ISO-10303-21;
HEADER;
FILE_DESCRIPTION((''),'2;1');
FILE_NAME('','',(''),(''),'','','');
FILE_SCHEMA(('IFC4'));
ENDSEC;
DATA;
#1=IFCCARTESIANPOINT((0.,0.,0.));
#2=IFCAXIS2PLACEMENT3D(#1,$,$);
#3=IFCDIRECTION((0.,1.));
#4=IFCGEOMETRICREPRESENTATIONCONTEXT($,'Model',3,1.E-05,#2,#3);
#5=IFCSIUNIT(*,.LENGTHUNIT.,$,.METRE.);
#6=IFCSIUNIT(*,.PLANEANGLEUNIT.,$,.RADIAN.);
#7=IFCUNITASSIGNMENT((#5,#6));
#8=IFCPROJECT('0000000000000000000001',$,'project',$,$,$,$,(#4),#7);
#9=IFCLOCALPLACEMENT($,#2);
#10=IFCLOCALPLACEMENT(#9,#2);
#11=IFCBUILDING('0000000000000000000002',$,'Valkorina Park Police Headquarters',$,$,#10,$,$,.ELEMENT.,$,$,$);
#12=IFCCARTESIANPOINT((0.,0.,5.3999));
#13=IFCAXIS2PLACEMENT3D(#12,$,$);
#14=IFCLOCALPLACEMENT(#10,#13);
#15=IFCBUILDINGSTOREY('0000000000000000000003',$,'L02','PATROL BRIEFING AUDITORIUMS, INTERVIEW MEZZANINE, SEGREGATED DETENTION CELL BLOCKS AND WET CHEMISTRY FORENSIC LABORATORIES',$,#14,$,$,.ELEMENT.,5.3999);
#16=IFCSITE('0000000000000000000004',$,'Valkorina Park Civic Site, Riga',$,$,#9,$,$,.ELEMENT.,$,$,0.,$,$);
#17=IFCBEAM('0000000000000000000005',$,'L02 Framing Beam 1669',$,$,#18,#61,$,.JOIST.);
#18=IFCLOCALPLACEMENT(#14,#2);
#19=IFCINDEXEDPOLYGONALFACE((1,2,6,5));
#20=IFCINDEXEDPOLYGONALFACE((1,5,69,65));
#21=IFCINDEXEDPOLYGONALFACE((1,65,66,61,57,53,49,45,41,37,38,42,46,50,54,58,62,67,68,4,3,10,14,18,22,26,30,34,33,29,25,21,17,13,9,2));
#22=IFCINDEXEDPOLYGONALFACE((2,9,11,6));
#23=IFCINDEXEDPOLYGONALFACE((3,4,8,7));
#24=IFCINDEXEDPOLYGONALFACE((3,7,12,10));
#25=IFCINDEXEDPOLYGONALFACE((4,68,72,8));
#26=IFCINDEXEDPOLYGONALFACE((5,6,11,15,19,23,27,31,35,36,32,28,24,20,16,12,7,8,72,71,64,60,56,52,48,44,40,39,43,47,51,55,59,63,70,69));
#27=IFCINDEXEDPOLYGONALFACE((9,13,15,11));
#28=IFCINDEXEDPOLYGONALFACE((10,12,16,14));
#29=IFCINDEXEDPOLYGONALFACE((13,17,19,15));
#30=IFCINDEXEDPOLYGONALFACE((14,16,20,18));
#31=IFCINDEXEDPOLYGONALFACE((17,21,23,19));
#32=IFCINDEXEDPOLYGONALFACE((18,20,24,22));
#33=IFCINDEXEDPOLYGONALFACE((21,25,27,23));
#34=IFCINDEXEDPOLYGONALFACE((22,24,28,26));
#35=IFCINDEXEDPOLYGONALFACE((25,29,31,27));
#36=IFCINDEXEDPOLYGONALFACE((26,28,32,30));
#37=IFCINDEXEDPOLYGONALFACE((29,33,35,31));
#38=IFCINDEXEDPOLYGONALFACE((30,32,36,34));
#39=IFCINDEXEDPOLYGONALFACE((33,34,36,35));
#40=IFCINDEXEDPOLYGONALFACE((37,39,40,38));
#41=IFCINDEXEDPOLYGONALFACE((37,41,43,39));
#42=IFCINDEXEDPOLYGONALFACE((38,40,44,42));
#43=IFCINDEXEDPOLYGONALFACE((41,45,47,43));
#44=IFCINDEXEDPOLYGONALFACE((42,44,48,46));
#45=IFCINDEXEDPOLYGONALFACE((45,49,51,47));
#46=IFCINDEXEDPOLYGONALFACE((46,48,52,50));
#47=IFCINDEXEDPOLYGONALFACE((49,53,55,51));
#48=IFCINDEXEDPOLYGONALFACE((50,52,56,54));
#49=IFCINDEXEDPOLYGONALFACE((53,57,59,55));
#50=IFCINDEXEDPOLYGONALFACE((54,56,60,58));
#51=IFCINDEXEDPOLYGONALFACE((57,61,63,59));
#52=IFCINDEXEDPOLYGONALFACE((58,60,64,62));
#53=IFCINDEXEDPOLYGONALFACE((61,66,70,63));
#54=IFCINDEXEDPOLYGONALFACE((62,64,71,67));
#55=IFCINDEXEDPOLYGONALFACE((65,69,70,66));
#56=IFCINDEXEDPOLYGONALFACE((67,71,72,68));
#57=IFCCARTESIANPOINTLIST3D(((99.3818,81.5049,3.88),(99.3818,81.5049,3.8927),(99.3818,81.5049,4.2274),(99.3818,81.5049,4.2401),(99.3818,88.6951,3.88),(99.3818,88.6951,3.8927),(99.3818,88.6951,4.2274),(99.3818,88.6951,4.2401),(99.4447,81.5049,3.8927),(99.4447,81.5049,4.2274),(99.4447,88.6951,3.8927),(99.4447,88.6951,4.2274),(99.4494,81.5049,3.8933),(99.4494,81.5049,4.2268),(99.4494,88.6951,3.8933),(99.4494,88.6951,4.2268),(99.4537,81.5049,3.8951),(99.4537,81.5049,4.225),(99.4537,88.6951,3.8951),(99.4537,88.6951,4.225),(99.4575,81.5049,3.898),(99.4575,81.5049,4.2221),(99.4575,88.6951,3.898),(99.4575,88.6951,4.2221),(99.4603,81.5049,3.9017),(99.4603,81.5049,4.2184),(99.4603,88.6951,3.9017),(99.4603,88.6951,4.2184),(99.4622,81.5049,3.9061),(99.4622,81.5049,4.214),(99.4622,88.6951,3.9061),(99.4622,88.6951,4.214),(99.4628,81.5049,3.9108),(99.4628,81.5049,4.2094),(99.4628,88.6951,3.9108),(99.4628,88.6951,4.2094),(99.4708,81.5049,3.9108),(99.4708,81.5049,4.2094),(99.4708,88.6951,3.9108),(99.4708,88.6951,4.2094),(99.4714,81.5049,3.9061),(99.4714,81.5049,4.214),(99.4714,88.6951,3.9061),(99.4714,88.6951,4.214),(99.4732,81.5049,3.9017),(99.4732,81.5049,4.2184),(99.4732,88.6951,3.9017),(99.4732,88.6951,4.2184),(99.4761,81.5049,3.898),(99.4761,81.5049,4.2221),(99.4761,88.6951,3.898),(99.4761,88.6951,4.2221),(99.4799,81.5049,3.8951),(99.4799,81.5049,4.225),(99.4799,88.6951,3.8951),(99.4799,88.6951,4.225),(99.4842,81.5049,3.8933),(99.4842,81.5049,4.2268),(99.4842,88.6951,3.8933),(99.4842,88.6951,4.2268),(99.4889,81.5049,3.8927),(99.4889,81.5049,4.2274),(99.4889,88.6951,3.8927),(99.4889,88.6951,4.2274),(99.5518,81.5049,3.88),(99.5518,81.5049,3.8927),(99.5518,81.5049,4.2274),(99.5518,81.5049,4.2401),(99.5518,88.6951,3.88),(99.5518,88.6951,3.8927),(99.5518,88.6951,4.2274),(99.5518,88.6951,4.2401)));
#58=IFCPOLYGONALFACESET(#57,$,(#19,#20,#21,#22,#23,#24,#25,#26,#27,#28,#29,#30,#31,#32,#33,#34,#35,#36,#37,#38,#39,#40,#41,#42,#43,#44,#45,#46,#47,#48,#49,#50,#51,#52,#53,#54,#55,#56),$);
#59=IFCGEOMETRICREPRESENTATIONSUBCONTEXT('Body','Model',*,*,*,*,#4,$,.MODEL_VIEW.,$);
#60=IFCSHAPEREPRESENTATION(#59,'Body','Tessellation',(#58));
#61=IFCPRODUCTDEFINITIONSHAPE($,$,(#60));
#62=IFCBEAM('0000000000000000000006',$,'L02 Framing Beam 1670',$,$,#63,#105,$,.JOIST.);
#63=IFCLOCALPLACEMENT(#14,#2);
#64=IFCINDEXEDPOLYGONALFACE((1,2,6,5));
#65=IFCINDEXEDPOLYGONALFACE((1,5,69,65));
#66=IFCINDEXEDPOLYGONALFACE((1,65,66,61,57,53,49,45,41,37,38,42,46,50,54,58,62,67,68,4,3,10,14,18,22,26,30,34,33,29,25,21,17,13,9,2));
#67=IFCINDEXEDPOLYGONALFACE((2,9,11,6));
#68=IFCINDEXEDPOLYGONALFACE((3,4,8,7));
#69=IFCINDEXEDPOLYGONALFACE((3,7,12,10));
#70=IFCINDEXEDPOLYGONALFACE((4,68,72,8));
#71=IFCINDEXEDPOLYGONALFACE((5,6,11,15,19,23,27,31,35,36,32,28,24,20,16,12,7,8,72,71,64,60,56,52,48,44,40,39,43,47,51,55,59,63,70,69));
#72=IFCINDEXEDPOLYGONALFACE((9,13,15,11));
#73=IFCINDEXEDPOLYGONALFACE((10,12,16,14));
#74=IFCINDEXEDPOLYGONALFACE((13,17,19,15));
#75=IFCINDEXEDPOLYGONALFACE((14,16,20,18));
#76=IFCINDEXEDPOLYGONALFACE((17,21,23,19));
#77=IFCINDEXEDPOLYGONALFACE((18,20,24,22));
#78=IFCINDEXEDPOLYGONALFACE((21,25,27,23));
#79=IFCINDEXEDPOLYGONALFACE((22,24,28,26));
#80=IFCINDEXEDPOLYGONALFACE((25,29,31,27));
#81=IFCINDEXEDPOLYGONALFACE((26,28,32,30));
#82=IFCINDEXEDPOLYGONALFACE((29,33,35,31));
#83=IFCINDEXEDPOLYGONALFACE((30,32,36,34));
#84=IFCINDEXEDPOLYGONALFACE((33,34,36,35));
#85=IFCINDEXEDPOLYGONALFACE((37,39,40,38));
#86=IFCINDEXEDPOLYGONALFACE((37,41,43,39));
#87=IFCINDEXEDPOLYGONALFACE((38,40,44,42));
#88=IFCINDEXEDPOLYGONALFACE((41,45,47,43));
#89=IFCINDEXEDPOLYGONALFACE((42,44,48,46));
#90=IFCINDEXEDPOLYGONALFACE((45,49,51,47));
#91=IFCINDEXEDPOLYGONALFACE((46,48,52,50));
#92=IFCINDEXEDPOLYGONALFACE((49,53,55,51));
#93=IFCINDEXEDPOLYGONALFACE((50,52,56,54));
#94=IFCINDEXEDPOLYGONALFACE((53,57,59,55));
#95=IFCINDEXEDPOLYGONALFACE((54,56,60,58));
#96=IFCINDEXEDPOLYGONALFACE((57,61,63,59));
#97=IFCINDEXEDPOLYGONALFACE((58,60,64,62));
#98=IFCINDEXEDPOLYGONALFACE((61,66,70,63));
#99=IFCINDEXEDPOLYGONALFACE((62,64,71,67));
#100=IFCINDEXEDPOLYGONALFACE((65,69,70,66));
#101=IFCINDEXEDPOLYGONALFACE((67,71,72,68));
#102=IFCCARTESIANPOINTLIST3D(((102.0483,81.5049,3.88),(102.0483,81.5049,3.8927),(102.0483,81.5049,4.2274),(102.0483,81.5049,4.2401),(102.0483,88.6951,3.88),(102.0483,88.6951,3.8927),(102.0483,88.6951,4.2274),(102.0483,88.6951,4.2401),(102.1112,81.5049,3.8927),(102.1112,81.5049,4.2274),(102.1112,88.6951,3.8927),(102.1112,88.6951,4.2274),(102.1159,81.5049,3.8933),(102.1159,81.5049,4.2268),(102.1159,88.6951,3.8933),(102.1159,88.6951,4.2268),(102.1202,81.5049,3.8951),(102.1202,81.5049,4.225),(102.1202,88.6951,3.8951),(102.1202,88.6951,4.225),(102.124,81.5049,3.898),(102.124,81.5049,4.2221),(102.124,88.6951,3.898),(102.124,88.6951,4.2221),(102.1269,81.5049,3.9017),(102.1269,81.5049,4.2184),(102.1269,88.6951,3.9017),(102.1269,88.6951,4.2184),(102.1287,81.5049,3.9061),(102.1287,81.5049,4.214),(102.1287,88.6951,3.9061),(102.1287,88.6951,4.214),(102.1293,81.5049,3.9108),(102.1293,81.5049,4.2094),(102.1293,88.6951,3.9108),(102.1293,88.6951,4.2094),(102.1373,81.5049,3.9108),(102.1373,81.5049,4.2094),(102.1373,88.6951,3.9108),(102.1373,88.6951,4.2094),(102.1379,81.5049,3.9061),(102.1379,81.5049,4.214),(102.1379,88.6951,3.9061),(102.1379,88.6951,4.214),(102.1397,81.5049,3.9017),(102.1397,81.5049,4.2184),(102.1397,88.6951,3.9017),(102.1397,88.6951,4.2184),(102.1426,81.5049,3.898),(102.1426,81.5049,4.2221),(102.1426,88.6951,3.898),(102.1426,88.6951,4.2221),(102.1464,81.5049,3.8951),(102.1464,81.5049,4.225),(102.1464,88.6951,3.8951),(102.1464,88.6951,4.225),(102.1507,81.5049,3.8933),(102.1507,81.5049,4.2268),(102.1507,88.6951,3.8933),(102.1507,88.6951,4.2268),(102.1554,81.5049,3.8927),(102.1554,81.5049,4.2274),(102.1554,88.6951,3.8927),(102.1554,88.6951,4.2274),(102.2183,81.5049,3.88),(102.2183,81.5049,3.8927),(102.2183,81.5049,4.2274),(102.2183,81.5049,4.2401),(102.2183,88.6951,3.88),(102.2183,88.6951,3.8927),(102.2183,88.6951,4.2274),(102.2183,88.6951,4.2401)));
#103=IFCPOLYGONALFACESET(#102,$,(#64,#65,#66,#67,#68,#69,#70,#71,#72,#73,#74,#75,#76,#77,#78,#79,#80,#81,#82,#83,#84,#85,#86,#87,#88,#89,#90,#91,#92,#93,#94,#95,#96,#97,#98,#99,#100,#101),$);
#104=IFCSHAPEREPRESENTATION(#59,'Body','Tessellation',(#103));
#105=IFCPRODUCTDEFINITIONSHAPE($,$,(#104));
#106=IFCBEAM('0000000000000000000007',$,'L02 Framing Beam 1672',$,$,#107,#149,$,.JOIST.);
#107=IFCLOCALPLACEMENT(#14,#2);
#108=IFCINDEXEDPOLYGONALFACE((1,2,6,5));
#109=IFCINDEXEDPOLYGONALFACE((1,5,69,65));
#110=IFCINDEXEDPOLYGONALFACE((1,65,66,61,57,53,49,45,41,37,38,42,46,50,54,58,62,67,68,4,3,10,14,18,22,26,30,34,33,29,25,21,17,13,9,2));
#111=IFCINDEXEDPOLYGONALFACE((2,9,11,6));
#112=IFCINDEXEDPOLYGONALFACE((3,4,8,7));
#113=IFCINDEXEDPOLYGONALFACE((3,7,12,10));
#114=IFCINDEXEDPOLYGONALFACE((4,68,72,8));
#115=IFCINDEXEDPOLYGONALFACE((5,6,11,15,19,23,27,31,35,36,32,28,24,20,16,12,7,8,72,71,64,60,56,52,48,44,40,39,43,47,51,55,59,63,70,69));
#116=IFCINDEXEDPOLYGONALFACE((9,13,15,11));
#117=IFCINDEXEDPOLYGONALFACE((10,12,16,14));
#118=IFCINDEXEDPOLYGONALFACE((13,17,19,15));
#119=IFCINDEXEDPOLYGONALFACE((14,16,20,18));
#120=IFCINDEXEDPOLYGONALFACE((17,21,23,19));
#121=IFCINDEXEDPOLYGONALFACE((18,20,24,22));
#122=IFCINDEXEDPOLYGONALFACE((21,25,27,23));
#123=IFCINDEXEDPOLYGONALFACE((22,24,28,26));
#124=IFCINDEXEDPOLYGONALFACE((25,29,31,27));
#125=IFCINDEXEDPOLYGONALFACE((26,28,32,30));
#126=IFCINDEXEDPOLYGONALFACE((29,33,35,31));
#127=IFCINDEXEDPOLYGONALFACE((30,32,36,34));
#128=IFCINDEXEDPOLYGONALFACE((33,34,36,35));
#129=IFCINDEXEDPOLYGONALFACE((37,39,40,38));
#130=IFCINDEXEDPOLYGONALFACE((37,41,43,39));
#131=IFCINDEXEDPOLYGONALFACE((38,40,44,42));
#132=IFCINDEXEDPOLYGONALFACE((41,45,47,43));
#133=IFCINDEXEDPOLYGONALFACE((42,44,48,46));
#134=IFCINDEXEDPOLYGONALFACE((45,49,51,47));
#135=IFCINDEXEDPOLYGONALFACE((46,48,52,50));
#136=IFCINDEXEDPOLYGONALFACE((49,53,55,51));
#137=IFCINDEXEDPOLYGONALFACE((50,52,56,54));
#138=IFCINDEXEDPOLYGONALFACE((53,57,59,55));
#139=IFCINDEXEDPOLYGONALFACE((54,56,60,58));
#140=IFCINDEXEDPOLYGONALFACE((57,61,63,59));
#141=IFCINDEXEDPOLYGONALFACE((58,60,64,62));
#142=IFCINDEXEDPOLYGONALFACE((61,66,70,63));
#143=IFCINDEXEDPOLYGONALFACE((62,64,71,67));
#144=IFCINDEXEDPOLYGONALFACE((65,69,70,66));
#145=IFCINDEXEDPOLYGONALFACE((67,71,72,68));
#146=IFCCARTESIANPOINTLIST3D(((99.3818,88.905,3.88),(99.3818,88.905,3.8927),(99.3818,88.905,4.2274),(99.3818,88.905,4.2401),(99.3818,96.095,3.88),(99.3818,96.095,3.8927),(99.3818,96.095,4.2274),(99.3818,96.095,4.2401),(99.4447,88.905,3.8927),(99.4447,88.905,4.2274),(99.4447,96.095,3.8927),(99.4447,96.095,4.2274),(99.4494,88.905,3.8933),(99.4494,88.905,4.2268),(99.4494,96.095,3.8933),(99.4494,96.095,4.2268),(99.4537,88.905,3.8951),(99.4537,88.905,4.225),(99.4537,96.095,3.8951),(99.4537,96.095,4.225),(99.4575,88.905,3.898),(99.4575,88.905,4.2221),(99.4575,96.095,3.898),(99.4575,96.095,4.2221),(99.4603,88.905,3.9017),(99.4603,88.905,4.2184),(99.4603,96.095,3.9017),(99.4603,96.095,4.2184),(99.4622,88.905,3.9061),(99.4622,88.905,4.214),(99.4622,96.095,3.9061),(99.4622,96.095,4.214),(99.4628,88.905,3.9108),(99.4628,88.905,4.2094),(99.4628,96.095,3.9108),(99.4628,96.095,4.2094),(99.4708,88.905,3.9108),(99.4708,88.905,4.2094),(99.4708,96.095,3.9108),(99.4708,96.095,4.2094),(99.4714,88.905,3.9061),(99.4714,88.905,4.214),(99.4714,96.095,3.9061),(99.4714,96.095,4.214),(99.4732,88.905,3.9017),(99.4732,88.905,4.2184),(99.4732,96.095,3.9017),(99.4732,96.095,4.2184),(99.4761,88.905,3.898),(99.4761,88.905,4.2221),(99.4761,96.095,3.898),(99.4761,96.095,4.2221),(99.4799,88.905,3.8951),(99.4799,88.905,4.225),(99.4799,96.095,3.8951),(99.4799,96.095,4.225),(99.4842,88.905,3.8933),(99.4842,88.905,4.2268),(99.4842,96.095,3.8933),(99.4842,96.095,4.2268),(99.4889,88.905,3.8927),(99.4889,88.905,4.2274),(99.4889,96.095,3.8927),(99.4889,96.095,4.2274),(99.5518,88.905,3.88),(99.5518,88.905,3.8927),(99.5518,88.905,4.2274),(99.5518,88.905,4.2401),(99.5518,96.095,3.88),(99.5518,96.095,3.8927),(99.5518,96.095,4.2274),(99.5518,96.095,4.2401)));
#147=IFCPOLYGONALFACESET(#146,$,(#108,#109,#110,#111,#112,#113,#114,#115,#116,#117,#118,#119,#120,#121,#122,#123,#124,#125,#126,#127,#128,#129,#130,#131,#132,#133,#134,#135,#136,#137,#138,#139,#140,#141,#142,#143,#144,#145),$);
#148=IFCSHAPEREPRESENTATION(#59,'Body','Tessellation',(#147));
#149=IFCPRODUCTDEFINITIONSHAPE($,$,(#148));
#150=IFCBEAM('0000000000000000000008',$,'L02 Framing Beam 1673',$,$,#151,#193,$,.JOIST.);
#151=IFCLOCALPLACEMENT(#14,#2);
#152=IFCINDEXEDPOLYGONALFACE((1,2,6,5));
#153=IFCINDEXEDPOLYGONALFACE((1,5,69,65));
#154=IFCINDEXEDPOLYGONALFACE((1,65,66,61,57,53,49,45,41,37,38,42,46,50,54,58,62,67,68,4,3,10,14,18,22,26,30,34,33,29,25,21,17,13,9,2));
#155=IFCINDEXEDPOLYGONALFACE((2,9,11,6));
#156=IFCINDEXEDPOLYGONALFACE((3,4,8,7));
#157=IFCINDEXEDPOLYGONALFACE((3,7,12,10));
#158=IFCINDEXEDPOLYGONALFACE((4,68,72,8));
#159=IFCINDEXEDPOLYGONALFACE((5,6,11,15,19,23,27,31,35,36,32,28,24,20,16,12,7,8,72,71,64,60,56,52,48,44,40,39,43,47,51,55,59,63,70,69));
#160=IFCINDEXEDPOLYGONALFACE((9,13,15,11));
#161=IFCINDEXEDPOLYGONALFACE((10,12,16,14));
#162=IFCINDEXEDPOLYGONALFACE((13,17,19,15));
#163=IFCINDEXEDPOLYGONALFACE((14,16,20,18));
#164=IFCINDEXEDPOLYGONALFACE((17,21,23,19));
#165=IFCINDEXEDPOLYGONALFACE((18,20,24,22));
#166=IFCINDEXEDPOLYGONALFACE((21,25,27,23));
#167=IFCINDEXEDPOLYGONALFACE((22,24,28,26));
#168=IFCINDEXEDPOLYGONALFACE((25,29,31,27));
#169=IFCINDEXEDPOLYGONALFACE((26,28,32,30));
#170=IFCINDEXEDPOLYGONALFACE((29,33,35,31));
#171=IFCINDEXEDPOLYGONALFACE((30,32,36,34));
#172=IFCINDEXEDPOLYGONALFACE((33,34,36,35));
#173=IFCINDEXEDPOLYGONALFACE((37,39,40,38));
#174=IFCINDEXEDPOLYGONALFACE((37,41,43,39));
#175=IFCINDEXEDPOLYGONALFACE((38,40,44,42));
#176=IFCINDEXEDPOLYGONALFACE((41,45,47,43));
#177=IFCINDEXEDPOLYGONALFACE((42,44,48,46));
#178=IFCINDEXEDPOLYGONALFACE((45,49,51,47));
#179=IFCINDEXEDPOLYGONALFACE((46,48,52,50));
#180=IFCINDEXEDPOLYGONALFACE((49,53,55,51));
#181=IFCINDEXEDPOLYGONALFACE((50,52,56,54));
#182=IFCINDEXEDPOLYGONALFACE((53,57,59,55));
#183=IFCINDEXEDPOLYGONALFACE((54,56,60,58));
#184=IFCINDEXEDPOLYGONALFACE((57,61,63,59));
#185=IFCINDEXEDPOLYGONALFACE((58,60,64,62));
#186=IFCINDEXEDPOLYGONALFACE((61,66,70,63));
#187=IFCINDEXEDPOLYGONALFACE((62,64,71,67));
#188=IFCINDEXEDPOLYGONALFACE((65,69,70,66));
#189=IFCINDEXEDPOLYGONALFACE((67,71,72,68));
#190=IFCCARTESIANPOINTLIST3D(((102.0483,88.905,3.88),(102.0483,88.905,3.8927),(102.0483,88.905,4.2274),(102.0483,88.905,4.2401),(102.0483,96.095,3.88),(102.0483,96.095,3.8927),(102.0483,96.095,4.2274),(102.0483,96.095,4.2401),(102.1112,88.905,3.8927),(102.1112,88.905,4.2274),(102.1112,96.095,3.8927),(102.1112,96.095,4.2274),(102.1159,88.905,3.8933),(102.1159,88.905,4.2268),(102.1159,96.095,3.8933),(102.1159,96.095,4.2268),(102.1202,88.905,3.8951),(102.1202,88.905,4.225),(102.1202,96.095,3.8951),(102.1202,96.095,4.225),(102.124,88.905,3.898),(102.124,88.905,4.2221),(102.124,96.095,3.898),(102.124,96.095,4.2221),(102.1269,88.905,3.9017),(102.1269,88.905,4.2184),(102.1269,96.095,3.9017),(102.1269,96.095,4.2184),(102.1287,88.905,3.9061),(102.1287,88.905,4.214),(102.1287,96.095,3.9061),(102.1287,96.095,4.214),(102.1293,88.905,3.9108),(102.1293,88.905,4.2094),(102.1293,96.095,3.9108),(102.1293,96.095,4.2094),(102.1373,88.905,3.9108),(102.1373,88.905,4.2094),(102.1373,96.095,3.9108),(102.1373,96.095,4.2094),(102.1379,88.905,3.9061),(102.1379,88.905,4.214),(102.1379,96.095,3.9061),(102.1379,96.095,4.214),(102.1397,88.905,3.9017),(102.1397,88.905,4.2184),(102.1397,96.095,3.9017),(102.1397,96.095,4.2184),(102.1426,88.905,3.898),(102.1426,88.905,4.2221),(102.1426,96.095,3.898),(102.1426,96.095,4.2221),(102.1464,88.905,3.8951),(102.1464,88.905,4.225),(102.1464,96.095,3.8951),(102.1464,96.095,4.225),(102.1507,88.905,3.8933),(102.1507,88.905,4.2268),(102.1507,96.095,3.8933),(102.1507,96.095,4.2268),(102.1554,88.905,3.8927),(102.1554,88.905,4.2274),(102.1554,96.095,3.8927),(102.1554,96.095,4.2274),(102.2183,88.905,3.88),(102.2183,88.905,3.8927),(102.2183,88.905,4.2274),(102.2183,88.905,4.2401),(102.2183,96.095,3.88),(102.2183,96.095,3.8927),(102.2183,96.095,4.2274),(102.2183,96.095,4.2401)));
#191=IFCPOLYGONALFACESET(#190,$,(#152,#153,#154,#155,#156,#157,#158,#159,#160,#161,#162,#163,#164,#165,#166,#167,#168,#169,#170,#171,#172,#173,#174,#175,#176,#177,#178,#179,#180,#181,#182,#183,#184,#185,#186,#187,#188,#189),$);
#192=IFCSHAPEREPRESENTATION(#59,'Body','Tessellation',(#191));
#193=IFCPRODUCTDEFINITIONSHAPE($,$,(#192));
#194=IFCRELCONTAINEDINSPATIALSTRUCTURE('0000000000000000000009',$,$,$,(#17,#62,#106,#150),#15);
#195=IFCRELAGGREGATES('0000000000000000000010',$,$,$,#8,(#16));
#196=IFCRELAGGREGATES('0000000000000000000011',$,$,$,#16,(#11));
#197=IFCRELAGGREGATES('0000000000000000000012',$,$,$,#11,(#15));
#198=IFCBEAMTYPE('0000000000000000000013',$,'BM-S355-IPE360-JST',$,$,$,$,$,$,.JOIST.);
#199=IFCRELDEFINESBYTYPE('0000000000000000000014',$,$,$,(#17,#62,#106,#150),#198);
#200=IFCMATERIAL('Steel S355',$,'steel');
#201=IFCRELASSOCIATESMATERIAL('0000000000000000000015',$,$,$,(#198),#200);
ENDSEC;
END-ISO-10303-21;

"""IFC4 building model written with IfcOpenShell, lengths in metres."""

from ifc_helpers import new_model, si_unit, direction, frame, origin, origin_2d, place, context, subcontext, project, spatial, i_section, extrude, material, material_profile, profile_set, type_object, element, save


model = new_model("IFC4")

# Units and contexts
model_context = context("Model", 3, precision=1e-05, world=origin(), true_north=direction((0.0, 1.0)))
body_context = subcontext(model_context, "Body", "Model", "MODEL_VIEW")
ifc_project = project(units=[si_unit("LENGTHUNIT", "METRE"), si_unit("PLANEANGLEUNIT", "RADIAN")], contexts=[model_context])

# Site, building, storey
site_placement = place(None, origin())
site = spatial("IfcSite", under=ifc_project, at=site_placement, Name="Valkorina Park Civic Site, Riga", CompositionType="ELEMENT", RefElevation=0.0)
building_placement = place(site_placement, origin())
building = spatial("IfcBuilding", under=site, at=building_placement, Name="Valkorina Park Police Headquarters", CompositionType="ELEMENT")
storey_placement = place(building_placement, frame((0.0, 0.0, 5.3999)))
storey = spatial("IfcBuildingStorey", under=building, at=storey_placement, Name="L02", Description="PATROL BRIEFING AUDITORIUMS, INTERVIEW MEZZANINE, SEGREGATED DETENTION CELL BLOCKS AND WET CHEMISTRY FORENSIC LABORATORIES", CompositionType="ELEMENT", Elevation=5.3999)

# Shared definitions
ifc_material_1 = material(Name="Steel S355", Category="steel")

# Beams
ifc_material_profile_1 = material_profile(ifc_material_1, i_section(OverallWidth=0.1699, OverallDepth=0.3601, WebThickness=0.0081, FlangeThickness=0.0127, FilletRadius=0.0181, at=origin_2d()), Name="IPE 360")
ifc_profile_set_1 = profile_set([ifc_material_profile_1], Name="Steel S355")
beam_type_1 = type_object("IfcBeamType", Name="BM-S355-IPE360-JST", PredefinedType="JOIST", material=ifc_profile_set_1)
for number, where, z_axis, x_axis, name in (
    (1, (99.4668, 81.5049, 4.0601), (0.0, 1.0, 0.0), (-1.0, 0.0, 0.0), "L02 Framing Beam 1669"),
    (2, (102.1333, 81.5049, 4.0601), (0.0, 1.0, 0.0), (-1.0, 0.0, 0.0), "L02 Framing Beam 1670"),
):
    element("IfcBeam", number, at=place(storey_placement, frame(where, z_axis=z_axis, x_axis=x_axis)), inside=storey, type_object=beam_type_1, Name=name, PredefinedType="JOIST", context=body_context, shape_type="SweptSolid", body=[
        extrude(i_section(OverallWidth=0.1699, OverallDepth=0.3601, WebThickness=0.0081, FlangeThickness=0.0127, FilletRadius=0.0181, at=origin_2d()), origin(), (0.0, 0.0, 1.0), 7.1902),
    ])
for number, where, z_axis, x_axis, name in (
    (3, (99.4668, 88.905, 4.0601), (0.0, 1.0, 0.0), (-1.0, 0.0, 0.0), "L02 Framing Beam 1672"),
    (4, (102.1333, 88.905, 4.0601), (0.0, 1.0, 0.0), (-1.0, 0.0, 0.0), "L02 Framing Beam 1673"),
):
    element("IfcBeam", number, at=place(storey_placement, frame(where, z_axis=z_axis, x_axis=x_axis)), inside=storey, type_object=beam_type_1, Name=name, PredefinedType="JOIST", context=body_context, shape_type="SweptSolid", body=[
        extrude(i_section(OverallWidth=0.1699, OverallDepth=0.3601, WebThickness=0.0081, FlangeThickness=0.0127, FilletRadius=0.0181, at=origin_2d()), origin(), (0.0, 0.0, 1.0), 7.1899),
    ])

save(model, "model.ifc")
